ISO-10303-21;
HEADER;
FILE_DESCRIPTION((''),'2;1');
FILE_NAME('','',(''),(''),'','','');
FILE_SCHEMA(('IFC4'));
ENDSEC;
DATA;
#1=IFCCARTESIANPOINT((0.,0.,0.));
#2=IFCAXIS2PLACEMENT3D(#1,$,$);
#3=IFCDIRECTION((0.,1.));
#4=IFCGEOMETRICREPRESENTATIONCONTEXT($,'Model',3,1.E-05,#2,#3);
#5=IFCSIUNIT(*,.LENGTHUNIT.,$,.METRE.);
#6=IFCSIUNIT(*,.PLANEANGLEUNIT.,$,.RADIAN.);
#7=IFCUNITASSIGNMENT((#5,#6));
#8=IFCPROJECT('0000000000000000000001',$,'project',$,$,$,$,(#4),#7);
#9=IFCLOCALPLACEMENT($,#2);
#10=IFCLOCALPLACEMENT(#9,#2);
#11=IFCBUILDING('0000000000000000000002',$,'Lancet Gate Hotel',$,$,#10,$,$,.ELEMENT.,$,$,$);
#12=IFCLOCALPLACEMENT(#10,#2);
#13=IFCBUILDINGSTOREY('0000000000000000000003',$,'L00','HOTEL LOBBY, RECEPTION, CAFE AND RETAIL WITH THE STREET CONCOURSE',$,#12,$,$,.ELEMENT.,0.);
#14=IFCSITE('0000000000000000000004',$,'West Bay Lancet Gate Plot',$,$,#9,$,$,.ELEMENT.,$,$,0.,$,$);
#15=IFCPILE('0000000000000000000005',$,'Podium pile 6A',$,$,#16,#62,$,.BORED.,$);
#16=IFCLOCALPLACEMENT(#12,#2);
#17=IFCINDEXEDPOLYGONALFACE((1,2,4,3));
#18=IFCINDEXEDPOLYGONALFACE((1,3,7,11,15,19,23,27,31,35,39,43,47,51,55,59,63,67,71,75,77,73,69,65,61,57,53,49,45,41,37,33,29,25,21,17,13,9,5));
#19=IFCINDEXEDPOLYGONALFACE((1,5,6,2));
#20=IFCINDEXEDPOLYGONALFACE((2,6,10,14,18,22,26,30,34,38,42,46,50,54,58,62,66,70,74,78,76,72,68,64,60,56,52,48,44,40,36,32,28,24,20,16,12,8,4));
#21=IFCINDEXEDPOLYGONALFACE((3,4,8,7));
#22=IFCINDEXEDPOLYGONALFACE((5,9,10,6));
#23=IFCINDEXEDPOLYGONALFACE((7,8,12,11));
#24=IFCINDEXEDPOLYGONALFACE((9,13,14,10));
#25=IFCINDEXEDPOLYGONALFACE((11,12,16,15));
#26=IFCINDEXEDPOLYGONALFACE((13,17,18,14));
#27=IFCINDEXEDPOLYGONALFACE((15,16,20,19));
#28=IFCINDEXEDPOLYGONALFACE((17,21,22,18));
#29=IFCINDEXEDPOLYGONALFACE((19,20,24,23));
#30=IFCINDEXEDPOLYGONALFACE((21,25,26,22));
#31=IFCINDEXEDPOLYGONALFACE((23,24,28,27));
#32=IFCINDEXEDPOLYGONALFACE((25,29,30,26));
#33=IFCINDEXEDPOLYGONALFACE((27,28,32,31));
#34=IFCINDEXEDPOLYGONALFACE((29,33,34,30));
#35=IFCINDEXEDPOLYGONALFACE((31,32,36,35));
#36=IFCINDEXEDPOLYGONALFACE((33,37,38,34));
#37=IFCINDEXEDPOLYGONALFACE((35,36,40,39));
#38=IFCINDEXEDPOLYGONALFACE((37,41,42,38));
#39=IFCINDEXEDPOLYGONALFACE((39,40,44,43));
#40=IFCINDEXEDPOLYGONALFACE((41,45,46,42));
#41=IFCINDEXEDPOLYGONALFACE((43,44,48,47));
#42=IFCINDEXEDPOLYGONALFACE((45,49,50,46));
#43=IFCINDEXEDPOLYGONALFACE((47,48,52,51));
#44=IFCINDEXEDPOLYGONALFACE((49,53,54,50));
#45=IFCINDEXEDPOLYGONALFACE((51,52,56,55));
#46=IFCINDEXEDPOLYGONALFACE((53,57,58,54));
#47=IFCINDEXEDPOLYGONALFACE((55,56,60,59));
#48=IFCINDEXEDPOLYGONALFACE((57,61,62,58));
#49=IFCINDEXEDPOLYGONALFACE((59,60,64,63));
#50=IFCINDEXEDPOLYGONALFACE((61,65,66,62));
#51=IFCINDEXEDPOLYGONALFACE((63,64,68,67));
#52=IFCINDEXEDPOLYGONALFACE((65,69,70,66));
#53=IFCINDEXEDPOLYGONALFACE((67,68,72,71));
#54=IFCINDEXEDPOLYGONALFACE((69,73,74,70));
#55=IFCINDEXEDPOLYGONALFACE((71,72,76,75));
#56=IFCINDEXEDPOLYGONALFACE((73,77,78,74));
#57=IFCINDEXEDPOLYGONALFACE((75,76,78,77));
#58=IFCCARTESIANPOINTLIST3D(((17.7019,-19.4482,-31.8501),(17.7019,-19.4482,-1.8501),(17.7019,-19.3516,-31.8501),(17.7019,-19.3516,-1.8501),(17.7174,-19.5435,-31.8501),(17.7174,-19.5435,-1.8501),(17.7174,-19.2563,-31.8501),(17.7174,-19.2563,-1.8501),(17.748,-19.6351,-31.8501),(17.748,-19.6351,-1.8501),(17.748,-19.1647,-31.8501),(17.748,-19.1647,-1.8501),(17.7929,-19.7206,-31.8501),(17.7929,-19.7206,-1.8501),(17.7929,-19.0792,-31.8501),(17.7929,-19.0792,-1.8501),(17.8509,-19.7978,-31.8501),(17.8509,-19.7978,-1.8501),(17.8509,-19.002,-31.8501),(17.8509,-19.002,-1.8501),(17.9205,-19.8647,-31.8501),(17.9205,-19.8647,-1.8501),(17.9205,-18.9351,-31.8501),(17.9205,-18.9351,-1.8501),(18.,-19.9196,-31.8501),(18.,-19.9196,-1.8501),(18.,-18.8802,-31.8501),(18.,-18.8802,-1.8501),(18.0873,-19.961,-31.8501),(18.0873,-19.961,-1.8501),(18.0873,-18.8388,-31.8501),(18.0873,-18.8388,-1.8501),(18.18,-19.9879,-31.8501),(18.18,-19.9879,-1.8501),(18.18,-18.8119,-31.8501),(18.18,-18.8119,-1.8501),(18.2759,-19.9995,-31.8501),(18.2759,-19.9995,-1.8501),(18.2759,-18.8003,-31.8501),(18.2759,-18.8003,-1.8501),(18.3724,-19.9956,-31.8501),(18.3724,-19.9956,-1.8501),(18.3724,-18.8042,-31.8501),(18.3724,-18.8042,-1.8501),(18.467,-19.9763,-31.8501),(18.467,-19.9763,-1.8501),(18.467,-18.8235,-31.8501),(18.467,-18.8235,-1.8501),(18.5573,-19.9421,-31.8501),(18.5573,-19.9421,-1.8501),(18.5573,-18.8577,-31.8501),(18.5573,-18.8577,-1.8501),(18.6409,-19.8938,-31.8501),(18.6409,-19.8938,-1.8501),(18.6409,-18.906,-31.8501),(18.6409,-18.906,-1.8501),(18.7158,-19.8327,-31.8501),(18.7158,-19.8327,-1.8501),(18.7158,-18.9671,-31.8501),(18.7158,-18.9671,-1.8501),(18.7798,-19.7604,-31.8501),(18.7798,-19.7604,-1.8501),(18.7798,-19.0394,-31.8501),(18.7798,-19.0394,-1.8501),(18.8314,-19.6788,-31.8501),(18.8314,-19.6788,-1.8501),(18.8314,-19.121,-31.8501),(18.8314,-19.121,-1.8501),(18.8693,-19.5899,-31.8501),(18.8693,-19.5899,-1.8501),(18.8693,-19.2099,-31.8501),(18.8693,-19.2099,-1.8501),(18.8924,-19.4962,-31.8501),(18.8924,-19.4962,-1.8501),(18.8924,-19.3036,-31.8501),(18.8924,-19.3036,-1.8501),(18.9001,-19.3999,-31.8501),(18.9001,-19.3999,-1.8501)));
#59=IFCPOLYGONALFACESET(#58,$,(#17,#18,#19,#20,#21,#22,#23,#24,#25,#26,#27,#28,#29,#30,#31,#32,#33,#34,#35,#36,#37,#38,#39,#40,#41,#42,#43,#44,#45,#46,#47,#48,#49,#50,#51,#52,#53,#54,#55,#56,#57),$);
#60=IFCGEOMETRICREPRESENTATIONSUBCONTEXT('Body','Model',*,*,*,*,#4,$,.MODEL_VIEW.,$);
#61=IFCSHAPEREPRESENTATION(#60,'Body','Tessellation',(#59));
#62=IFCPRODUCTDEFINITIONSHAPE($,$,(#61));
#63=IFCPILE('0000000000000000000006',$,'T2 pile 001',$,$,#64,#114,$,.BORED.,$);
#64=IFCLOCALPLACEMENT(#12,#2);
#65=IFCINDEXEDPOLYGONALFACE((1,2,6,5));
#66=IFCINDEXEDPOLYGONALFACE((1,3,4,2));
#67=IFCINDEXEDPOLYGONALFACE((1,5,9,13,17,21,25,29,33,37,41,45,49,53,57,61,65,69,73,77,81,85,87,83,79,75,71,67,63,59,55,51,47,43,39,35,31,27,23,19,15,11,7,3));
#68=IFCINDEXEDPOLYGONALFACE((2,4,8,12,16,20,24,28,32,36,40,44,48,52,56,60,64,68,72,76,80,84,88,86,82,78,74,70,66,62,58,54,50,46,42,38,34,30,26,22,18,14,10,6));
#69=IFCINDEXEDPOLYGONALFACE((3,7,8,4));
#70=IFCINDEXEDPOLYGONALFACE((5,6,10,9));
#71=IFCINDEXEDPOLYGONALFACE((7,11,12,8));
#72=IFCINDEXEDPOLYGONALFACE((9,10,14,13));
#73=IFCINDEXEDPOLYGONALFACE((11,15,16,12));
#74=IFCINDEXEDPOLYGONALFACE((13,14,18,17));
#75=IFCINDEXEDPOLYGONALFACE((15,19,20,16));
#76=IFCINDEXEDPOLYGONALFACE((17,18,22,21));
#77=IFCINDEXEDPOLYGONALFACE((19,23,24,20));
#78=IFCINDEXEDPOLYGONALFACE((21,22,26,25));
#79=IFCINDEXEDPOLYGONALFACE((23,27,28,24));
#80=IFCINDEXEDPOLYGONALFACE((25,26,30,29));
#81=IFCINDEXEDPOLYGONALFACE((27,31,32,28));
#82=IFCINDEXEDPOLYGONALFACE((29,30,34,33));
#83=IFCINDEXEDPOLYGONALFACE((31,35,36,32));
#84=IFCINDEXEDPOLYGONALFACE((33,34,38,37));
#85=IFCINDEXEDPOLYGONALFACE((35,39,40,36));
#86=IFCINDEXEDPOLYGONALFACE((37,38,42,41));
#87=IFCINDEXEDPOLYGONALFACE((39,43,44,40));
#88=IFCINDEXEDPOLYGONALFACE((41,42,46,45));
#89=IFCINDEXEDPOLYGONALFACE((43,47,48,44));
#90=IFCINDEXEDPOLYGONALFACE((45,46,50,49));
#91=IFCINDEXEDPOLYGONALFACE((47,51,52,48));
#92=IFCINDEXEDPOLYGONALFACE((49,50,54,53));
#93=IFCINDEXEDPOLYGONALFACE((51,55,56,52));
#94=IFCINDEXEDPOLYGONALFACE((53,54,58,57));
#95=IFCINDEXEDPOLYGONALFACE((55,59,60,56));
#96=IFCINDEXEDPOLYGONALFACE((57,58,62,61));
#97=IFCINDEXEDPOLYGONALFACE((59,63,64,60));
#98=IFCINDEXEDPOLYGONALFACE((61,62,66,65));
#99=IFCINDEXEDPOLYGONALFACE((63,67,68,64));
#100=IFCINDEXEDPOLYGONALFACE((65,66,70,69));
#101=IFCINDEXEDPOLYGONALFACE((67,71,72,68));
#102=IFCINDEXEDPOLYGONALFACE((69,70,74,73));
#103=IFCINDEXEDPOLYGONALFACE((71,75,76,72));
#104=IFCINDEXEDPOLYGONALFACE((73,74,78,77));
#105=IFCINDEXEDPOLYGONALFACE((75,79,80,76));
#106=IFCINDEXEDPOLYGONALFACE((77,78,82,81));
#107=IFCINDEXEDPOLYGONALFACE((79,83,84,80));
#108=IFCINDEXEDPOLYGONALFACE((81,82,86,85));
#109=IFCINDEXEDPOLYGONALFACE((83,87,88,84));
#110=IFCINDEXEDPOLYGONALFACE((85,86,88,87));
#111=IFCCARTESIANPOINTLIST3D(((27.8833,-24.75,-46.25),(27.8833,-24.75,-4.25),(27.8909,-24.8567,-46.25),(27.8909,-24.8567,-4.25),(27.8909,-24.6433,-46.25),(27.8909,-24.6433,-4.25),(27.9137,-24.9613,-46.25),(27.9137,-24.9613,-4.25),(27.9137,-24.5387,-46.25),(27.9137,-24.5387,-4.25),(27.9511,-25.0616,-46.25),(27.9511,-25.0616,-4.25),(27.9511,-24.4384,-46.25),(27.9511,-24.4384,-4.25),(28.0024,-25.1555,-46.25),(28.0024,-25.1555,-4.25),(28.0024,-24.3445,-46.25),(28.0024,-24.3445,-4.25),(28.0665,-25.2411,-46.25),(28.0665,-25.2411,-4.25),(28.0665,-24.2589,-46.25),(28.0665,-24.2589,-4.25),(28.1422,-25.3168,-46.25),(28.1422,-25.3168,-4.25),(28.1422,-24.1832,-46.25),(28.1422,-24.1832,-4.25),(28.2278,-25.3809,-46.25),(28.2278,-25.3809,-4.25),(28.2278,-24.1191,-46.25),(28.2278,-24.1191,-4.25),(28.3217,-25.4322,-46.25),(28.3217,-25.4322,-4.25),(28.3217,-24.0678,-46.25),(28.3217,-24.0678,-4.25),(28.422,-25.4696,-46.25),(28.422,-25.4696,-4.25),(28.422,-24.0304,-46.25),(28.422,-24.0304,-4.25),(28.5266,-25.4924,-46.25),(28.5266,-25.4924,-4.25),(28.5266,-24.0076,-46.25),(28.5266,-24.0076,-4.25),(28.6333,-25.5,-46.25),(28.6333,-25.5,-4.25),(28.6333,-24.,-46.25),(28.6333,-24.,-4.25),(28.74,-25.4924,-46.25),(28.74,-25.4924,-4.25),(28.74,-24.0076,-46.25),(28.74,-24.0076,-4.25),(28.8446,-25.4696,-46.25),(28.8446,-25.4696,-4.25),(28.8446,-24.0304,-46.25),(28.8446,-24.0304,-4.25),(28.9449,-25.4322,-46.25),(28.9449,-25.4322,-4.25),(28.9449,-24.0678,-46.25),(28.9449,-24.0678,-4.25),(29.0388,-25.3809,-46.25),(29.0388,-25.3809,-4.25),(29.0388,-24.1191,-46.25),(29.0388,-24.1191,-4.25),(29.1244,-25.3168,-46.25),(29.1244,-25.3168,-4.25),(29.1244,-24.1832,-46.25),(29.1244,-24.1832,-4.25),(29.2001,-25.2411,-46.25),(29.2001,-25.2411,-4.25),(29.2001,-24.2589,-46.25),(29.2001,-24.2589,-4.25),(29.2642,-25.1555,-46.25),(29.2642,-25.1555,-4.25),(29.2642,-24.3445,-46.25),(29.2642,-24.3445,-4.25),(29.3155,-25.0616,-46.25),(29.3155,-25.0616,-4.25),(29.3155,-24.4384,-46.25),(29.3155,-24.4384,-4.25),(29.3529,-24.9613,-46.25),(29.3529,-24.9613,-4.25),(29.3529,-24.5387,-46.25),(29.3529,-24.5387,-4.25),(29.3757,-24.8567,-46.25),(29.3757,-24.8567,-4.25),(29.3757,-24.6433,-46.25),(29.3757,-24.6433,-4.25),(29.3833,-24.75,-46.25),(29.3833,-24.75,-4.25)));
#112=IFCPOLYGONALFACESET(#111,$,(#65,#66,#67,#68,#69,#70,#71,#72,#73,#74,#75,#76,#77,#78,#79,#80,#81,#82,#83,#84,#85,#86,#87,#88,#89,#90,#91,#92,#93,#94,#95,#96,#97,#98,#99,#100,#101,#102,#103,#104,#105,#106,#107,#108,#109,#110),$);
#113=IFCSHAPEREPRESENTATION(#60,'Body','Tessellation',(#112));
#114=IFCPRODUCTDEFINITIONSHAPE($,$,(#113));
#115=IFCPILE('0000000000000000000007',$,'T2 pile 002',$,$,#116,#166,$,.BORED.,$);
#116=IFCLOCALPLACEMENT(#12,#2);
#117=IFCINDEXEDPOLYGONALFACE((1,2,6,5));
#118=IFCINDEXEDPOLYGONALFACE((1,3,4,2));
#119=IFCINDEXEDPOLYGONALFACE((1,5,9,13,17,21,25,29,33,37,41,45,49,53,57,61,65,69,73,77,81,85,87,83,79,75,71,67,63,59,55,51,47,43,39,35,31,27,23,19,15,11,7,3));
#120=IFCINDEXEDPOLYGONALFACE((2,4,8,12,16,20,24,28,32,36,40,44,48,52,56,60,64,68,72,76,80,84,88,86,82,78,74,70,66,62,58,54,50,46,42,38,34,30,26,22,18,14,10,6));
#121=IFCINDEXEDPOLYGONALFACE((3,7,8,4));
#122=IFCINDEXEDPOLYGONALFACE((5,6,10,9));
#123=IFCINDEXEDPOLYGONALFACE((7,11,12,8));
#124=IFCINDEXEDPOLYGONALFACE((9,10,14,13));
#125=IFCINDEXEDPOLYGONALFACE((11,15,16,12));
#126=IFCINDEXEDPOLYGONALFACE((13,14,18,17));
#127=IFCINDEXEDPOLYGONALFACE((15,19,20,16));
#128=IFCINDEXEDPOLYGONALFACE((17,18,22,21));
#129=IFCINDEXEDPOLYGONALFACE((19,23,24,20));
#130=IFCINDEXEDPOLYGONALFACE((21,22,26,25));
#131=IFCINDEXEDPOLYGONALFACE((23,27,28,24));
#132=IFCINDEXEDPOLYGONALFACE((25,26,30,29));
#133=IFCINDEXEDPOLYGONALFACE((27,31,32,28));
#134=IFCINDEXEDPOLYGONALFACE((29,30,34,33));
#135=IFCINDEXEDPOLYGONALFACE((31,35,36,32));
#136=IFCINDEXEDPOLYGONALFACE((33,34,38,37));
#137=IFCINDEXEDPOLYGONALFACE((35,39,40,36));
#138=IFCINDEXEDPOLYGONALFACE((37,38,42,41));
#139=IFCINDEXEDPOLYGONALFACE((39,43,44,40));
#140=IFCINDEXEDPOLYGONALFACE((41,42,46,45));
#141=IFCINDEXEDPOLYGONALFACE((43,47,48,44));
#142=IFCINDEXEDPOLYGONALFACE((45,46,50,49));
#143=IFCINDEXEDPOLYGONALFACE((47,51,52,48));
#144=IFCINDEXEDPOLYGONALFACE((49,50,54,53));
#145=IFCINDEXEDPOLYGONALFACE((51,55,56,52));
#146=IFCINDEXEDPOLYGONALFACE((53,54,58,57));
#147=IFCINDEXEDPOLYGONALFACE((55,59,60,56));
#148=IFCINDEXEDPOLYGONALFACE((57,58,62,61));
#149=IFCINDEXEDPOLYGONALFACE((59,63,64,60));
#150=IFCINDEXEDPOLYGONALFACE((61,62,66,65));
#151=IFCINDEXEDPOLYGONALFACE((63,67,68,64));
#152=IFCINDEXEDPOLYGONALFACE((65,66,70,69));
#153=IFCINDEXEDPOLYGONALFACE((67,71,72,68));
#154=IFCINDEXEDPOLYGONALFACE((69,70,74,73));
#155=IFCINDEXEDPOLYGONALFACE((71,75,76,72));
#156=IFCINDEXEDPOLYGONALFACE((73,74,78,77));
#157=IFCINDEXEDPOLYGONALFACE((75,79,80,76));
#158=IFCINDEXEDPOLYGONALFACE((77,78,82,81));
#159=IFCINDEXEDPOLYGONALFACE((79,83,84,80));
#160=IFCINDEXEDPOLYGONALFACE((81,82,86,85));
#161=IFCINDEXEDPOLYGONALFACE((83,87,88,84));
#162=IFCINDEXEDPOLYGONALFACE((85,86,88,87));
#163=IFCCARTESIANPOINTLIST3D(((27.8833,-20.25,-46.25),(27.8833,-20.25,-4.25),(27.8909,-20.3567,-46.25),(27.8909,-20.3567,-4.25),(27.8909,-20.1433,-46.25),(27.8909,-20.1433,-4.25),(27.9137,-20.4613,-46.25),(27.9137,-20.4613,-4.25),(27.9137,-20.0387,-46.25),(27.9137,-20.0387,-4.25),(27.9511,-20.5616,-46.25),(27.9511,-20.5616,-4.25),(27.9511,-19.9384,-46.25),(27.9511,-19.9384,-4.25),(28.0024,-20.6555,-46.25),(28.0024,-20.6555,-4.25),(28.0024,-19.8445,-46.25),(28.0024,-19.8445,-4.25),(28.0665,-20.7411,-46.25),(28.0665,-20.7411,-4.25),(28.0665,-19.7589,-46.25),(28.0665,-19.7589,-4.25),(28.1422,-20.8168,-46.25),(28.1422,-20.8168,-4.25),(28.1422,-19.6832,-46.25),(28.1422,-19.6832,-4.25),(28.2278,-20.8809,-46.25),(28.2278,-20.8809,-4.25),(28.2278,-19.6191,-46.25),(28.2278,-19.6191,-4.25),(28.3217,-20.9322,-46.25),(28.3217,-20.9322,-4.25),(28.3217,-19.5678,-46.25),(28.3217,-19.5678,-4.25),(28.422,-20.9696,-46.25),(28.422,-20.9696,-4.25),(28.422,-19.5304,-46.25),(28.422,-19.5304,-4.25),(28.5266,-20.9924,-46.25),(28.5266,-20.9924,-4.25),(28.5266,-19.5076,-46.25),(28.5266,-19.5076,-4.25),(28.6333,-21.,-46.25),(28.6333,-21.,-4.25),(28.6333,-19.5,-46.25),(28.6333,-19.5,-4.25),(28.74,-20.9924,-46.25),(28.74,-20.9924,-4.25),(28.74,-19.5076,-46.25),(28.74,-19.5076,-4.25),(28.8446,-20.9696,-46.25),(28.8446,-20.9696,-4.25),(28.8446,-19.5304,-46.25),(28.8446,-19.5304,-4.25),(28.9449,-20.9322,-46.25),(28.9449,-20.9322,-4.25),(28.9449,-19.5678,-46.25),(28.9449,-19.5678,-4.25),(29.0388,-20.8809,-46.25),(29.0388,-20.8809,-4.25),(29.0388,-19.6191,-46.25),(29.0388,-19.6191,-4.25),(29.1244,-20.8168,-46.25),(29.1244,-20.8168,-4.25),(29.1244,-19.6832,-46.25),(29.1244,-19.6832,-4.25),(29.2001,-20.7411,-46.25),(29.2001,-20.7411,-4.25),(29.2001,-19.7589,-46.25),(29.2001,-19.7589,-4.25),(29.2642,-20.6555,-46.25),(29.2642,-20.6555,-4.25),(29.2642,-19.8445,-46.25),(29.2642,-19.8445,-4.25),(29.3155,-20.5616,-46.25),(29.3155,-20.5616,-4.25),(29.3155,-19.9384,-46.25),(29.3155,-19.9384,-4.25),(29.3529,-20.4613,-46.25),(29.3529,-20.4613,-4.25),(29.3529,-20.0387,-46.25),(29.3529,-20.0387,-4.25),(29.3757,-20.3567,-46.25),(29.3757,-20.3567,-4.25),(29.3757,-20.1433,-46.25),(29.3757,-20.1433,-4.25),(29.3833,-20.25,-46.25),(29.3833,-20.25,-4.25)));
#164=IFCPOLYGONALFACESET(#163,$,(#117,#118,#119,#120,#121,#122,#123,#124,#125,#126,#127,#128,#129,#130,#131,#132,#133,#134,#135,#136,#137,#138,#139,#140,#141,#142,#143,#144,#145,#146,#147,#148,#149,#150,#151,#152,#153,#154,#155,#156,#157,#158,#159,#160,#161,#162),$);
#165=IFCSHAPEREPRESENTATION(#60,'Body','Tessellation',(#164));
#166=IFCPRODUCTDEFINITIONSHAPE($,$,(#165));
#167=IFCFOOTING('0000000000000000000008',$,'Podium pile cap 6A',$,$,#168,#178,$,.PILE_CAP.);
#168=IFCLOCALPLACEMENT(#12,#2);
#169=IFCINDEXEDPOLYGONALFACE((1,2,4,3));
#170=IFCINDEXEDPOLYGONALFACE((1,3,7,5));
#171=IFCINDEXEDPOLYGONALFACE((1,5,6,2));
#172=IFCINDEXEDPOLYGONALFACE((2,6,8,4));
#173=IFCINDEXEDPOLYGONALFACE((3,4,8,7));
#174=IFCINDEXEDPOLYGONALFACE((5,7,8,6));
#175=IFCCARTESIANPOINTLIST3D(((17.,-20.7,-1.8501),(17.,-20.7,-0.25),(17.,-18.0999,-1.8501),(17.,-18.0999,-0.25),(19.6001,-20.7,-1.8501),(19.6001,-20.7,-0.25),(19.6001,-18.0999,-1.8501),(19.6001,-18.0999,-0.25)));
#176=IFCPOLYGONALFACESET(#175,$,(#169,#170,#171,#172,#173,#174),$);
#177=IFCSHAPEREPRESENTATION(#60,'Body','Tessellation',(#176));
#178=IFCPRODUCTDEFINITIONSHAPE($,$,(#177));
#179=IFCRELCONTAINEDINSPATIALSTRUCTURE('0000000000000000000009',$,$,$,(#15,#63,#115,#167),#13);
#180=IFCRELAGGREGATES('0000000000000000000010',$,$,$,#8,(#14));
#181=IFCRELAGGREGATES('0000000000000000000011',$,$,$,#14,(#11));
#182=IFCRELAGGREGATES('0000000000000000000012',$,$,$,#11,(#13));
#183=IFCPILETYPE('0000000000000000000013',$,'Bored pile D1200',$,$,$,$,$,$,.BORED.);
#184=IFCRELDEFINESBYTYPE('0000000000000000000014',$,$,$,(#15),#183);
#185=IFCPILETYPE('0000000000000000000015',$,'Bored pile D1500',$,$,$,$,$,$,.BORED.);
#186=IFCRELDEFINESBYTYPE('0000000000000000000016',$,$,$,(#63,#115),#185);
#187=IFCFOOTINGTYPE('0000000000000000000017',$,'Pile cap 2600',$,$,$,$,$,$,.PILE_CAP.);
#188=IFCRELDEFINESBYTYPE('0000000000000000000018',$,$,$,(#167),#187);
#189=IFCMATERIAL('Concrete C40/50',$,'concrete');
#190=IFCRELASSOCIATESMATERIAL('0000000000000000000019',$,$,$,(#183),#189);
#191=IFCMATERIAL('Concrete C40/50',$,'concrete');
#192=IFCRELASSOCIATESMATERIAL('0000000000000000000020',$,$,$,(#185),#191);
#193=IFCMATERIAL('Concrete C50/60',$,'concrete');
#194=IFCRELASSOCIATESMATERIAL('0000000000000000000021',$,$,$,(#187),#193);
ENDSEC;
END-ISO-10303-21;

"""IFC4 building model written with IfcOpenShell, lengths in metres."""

from ifc_helpers import new_model, si_unit, direction, frame, origin, origin_2d, place, context, subcontext, project, spatial, rectangle, circle, extrude, material, material_profile, profile_set, type_object, element, save


model = new_model("IFC4")

# Units and contexts
model_context = context("Model", 3, precision=1e-05, world=origin(), true_north=direction((0.0, 1.0)))
body_context = subcontext(model_context, "Body", "Model", "MODEL_VIEW")
ifc_project = project(units=[si_unit("LENGTHUNIT", "METRE"), si_unit("PLANEANGLEUNIT", "RADIAN")], contexts=[model_context])

# Site, building, storey
site_placement = place(None, origin())
site = spatial("IfcSite", under=ifc_project, at=site_placement, Name="West Bay Lancet Gate Plot", CompositionType="ELEMENT", RefElevation=0.0)
building_placement = place(site_placement, origin())
building = spatial("IfcBuilding", under=site, at=building_placement, Name="Lancet Gate Hotel", CompositionType="ELEMENT")
storey_placement = place(building_placement, origin())
storey = spatial("IfcBuildingStorey", under=building, at=storey_placement, Name="L00", Description="HOTEL LOBBY, RECEPTION, CAFE AND RETAIL WITH THE STREET CONCOURSE", CompositionType="ELEMENT", Elevation=0.0)

# Piles
ifc_material_1 = material(Name="Concrete C40/50", Category="concrete")
ifc_material_profile_1 = material_profile(ifc_material_1, circle(Radius=0.6001, at=origin_2d()), Name="PILE D1200")
ifc_profile_set_1 = profile_set([ifc_material_profile_1], Name="Concrete C40/50")
pile_type_1 = type_object("IfcPileType", Name="Bored pile D1200", PredefinedType="BORED", material=ifc_profile_set_1)
pile_placement = place(storey_placement, frame((18.3, -19.3999, -1.8501), z_axis=(0.0, 0.0, -1.0), x_axis=(1.0, 0.0, 0.0)))
element("IfcPile", 1, at=pile_placement, inside=storey, type_object=pile_type_1, Name="Podium pile 6A", PredefinedType="BORED", context=body_context, shape_type="SweptSolid", body=[
    extrude(circle(Radius=0.6001, at=origin_2d()), origin(), (0.0, 0.0, 1.0), 30.0),
])
ifc_material_2 = material(Name="Concrete C40/50", Category="concrete")
ifc_material_profile_2 = material_profile(ifc_material_2, circle(Radius=0.75, at=origin_2d()), Name="PILE D1500")
ifc_profile_set_2 = profile_set([ifc_material_profile_2], Name="Concrete C40/50")
pile_type_2 = type_object("IfcPileType", Name="Bored pile D1500", PredefinedType="BORED", material=ifc_profile_set_2)
for number, where, z_axis, x_axis, name in (
    (2, (28.6333, -24.75, -4.25), (0.0, 0.0, -1.0), (1.0, 0.0, 0.0), "T2 pile 001"),
    (3, (28.6333, -20.25, -4.25), (0.0, 0.0, -1.0), (1.0, 0.0, 0.0), "T2 pile 002"),
):
    element("IfcPile", number, at=place(storey_placement, frame(where, z_axis=z_axis, x_axis=x_axis)), inside=storey, type_object=pile_type_2, Name=name, PredefinedType="BORED", context=body_context, shape_type="SweptSolid", body=[
        extrude(circle(Radius=0.75, at=origin_2d()), origin(), (0.0, 0.0, 1.0), 42.0),
    ])

# Footing
ifc_material_3 = material(Name="Concrete C50/60", Category="concrete")
footing_type = type_object("IfcFootingType", Name="Pile cap 2600", PredefinedType="PILE_CAP", material=ifc_material_3)
footing_placement = place(storey_placement, frame((18.3, -19.3999, -1.8501), z_axis=(0.0, 0.0, 1.0), x_axis=(1.0, 0.0, 0.0)))
element("IfcFooting", 4, at=footing_placement, inside=storey, type_object=footing_type, Name="Podium pile cap 6A", PredefinedType="PILE_CAP", context=body_context, shape_type="SweptSolid", body=[
    extrude(rectangle(XDim=2.6001, YDim=2.6001, at=origin_2d()), origin(), (0.0, 0.0, 1.0), 1.6001),
])

save(model, "model.ifc")
